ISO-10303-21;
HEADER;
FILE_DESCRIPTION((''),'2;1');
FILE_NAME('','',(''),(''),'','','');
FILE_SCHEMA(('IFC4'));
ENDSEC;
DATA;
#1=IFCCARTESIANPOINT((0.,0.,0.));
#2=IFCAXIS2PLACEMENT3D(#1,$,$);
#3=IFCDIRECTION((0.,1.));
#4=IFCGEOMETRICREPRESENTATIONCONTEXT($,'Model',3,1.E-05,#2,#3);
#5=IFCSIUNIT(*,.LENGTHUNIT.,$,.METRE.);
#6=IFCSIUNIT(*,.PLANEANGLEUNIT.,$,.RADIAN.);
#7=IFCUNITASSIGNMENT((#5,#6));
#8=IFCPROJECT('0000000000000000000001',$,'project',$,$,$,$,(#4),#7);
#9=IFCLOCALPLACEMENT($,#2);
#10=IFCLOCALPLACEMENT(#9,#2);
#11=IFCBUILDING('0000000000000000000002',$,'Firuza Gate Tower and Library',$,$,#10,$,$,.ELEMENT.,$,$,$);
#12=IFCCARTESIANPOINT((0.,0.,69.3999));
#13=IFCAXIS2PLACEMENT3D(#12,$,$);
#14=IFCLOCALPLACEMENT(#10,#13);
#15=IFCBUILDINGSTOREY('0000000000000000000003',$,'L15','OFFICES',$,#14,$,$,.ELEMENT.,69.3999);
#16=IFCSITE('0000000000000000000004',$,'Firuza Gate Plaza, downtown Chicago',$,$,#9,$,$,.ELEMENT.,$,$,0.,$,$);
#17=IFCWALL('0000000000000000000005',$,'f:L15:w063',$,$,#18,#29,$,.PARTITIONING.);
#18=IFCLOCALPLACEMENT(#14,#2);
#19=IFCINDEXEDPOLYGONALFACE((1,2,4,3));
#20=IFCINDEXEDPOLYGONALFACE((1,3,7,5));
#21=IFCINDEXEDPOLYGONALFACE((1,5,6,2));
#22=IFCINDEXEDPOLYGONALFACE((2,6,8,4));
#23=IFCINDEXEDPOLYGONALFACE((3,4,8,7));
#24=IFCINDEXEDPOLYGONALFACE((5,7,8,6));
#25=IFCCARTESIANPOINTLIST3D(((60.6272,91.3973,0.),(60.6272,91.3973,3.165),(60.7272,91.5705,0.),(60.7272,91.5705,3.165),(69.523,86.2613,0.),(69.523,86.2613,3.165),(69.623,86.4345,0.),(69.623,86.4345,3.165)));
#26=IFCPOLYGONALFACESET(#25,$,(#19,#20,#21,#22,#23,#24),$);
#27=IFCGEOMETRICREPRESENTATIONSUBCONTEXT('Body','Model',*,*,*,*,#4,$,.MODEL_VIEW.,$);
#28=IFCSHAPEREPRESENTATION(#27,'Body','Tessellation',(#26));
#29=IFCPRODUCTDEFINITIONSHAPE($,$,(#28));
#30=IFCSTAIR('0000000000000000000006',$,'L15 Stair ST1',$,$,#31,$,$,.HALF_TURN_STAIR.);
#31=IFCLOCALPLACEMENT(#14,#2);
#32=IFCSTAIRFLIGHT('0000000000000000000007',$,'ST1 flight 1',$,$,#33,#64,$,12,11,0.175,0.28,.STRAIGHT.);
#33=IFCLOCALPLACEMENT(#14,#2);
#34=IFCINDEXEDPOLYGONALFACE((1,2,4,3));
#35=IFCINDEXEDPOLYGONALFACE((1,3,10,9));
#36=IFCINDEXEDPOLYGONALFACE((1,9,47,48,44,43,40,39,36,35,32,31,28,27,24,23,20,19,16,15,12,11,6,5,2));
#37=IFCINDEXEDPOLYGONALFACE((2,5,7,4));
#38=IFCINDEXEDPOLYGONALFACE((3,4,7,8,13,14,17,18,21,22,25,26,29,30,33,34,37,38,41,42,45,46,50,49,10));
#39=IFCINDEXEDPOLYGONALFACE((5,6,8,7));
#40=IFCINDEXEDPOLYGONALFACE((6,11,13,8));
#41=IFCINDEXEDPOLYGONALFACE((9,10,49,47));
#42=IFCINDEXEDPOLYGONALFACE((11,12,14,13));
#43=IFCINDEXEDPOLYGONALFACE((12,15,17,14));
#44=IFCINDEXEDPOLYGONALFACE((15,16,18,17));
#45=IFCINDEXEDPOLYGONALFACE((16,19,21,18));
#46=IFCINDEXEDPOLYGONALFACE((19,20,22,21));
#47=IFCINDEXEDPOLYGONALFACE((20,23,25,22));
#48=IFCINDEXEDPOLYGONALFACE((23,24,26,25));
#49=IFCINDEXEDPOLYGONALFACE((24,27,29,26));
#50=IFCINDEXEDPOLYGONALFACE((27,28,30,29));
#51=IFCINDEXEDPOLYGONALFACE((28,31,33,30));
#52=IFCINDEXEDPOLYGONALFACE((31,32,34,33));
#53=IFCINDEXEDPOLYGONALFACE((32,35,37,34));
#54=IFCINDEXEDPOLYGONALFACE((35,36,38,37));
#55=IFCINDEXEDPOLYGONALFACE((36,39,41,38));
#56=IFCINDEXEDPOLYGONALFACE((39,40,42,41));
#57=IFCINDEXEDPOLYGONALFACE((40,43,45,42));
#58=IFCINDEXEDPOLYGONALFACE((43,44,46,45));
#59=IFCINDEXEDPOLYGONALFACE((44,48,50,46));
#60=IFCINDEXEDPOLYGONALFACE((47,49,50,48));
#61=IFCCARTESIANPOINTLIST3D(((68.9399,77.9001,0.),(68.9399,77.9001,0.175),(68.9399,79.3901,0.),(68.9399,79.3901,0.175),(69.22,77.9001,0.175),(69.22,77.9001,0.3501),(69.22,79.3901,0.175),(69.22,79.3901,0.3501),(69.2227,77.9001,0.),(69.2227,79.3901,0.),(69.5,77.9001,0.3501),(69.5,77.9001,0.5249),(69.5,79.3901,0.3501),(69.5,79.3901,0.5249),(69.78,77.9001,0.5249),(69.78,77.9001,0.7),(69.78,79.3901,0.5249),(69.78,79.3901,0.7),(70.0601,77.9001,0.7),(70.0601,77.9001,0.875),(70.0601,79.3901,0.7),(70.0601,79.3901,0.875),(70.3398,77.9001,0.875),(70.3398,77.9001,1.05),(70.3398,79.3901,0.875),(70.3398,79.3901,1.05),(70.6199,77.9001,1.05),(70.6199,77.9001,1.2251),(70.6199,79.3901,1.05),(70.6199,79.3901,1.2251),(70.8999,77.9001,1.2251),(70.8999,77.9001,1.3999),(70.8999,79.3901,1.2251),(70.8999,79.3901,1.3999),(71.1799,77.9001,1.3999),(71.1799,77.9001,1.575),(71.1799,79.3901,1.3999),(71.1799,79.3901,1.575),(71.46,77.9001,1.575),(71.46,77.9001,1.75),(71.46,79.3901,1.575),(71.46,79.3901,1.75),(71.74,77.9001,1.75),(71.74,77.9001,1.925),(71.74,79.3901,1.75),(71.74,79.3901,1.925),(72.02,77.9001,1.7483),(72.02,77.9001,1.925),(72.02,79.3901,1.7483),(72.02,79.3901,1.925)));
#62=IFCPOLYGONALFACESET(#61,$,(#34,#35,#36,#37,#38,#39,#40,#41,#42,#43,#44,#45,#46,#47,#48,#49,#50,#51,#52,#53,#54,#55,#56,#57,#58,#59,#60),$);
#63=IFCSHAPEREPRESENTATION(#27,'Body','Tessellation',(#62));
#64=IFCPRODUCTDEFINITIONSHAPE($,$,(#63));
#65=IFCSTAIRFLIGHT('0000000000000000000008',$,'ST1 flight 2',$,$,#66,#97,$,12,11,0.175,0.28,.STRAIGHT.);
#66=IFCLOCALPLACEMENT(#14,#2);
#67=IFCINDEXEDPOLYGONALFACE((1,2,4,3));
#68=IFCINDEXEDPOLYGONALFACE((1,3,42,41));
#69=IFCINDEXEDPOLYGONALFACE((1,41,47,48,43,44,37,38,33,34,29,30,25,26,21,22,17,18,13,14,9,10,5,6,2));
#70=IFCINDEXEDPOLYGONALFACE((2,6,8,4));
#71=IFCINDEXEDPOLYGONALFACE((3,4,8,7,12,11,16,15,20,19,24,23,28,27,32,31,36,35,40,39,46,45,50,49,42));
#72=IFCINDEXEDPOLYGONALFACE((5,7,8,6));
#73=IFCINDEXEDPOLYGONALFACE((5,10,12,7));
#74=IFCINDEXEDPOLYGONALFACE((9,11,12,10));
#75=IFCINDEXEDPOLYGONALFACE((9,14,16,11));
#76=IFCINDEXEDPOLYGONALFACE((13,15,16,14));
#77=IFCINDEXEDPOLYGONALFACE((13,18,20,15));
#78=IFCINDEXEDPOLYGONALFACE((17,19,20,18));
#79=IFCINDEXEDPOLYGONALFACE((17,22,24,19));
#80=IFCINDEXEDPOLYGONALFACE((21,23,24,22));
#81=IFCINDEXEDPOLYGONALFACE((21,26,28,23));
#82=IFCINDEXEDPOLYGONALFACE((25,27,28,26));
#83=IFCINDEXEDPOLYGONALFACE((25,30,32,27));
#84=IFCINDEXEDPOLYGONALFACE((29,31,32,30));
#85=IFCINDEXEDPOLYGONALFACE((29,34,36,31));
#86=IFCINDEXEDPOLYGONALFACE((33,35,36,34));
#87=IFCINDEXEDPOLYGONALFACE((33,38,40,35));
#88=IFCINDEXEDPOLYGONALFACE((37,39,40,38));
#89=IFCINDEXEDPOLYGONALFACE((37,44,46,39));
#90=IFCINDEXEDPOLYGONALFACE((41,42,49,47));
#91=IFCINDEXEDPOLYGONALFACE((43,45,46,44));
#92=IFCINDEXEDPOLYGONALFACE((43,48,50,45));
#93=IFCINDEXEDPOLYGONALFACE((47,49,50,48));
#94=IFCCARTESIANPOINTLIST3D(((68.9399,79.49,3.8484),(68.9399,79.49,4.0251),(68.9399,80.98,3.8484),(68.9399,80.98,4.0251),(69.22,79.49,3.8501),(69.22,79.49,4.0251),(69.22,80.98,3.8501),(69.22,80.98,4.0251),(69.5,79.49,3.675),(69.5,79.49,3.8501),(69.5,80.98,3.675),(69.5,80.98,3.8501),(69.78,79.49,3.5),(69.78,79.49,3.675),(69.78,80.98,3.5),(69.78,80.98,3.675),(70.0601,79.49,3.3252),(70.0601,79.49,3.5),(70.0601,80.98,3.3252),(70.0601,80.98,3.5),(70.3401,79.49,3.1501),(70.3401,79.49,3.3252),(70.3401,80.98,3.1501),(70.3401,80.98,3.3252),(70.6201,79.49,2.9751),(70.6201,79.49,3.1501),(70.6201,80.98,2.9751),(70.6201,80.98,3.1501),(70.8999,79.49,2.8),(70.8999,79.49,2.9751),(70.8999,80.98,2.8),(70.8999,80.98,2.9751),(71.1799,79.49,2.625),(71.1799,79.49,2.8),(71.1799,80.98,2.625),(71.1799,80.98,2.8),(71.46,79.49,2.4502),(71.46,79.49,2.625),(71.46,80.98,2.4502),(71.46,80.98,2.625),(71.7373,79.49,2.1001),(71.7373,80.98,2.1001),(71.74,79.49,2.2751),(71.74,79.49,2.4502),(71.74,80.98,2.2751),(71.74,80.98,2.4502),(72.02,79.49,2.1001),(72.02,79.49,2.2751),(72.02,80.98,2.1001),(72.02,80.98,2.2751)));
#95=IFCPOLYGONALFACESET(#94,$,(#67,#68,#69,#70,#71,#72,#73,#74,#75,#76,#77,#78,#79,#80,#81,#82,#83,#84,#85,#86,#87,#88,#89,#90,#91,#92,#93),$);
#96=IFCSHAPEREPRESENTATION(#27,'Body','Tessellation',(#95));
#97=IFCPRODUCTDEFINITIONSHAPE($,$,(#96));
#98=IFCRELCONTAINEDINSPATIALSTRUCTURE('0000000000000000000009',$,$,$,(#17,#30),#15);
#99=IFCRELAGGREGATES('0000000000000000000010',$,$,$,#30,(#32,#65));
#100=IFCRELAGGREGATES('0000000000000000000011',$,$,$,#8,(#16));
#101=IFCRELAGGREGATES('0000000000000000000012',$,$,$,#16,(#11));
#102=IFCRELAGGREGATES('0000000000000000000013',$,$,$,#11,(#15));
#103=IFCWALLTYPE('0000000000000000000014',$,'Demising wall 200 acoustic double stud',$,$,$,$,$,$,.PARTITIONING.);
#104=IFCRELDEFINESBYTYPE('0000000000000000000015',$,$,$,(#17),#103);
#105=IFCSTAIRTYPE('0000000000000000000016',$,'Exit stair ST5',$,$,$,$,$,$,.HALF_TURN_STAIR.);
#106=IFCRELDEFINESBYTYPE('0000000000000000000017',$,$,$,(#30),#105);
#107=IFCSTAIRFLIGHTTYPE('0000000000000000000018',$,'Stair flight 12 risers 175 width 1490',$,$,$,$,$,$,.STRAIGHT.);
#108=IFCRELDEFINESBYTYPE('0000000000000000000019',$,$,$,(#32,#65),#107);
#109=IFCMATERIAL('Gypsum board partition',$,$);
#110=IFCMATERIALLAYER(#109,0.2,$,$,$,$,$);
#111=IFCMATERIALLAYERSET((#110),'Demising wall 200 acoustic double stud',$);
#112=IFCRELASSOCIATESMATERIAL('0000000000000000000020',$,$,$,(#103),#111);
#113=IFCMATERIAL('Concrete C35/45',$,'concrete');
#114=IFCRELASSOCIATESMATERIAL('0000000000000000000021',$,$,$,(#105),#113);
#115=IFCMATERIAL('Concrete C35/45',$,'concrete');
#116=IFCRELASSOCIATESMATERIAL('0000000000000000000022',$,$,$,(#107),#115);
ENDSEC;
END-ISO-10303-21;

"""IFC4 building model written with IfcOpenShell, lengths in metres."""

from ifc_helpers import new_model, si_unit, direction, frame, frame_2d, origin, place, context, subcontext, project, spatial, polyline, rectangle, outline, extrude, material, layer, layer_set, type_object, element, aggregate, save


model = new_model("IFC4")

# Units and contexts
model_context = context("Model", 3, precision=1e-05, world=origin(), true_north=direction((0.0, 1.0)))
body_context = subcontext(model_context, "Body", "Model", "MODEL_VIEW")
ifc_project = project(units=[si_unit("LENGTHUNIT", "METRE"), si_unit("PLANEANGLEUNIT", "RADIAN")], contexts=[model_context])

# Site, building, storey
site_placement = place(None, origin())
site = spatial("IfcSite", under=ifc_project, at=site_placement, Name="Firuza Gate Plaza, downtown Chicago", CompositionType="ELEMENT", RefElevation=0.0)
building_placement = place(site_placement, origin())
building = spatial("IfcBuilding", under=site, at=building_placement, Name="Firuza Gate Tower and Library", CompositionType="ELEMENT")
storey_placement = place(building_placement, frame((0.0, 0.0, 69.3999)))
storey = spatial("IfcBuildingStorey", under=building, at=storey_placement, Name="L15", Description="OFFICES", CompositionType="ELEMENT", Elevation=69.3999)

# Wall
ifc_material_1 = material(Name="Gypsum board partition")
ifc_layer_1 = layer(ifc_material_1, 0.2)
ifc_layer_set_1 = layer_set([ifc_layer_1], Name="Demising wall 200 acoustic double stud")
wall_type_1 = type_object("IfcWallType", Name="Demising wall 200 acoustic double stud", PredefinedType="PARTITIONING", material=ifc_layer_set_1)
wall_1_placement = place(storey_placement, frame((69.573, 86.3479, 0.0), z_axis=(0.0, 0.0, 1.0), x_axis=(-0.866024, 0.500002, 0.0)))
element("IfcWall", 1, at=wall_1_placement, inside=storey, type_object=wall_type_1, Name="f:L15:w063", PredefinedType="PARTITIONING", context=body_context, shape_type="SweptSolid", body=[
    extrude(rectangle(XDim=10.272, YDim=0.2, at=frame_2d((5.136, 0.0))), origin(), (0.0, 0.0, 1.0), 3.165),
])

# Stair, stair flights
ifc_material_2 = material(Name="Concrete C35/45", Category="concrete")
stair_type = type_object("IfcStairType", Name="Exit stair ST5", PredefinedType="HALF_TURN_STAIR", material=ifc_material_2)
stair_placement = place(storey_placement, origin())
stair = element("IfcStair", 2, at=stair_placement, inside=storey, type_object=stair_type, Name="L15 Stair ST1", PredefinedType="HALF_TURN_STAIR")
ifc_material_3 = material(Name="Concrete C35/45", Category="concrete")
stair_flight_type = type_object("IfcStairFlightType", Name="Stair flight 12 risers 175 width 1490", PredefinedType="STRAIGHT", material=ifc_material_3)
stair_flight_1_placement = place(storey_placement, frame((68.9399, 78.645, 0.0), z_axis=(0.0, 0.0, 1.0), x_axis=(1.0, 0.0, 0.0)))
stair_flight_1 = element("IfcStairFlight", 3, at=stair_flight_1_placement, type_object=stair_flight_type, Name="ST1 flight 1", NumberOfRisers=12, NumberOfTreads=11, PredefinedType="STRAIGHT", RiserHeight=0.175, TreadLength=0.28, context=body_context, shape_type="SweptSolid", body=[
    extrude(outline(polyline([(0.0, 0.0), (0.0, 0.175), (0.28, 0.175), (0.28, 0.3501), (0.5601, 0.3501), (0.5601, 0.5249), (0.8401, 0.5249), (0.8401, 0.7), (1.1201, 0.7), (1.1201, 0.875), (1.3999, 0.875), (1.3999, 1.05), (1.6799, 1.05), (1.6799, 1.2251), (1.96, 1.2251), (1.96, 1.3999), (2.24, 1.3999), (2.24, 1.575), (2.52, 1.575), (2.52, 1.75), (2.8, 1.75), (2.8, 1.925), (3.0801, 1.925), (3.0801, 2.1001), (3.0801, 1.7483), (0.2827, 0.0), (0.0, 0.0)])), frame((0.0, 0.7451, 0.0), z_axis=(0.0, -1.0, 0.0), x_axis=(1.0, 0.0, 0.0)), (0.0, 0.0, 1.0), 1.49),
])
stair_flight_2_placement = place(storey_placement, frame((72.02, 80.2351, 2.1001), z_axis=(0.0, 0.0, 1.0), x_axis=(-1.0, 0.0, 0.0)))
stair_flight_2 = element("IfcStairFlight", 4, at=stair_flight_2_placement, type_object=stair_flight_type, Name="ST1 flight 2", NumberOfRisers=12, NumberOfTreads=11, PredefinedType="STRAIGHT", RiserHeight=0.175, TreadLength=0.28, context=body_context, shape_type="SweptSolid", body=[
    extrude(outline(polyline([(0.0, 0.0), (0.0, 0.175), (0.28, 0.175), (0.28, 0.3501), (0.5601, 0.3501), (0.5601, 0.5249), (0.8401, 0.5249), (0.8401, 0.7), (1.1201, 0.7), (1.1201, 0.875), (1.3999, 0.875), (1.3999, 1.05), (1.6799, 1.05), (1.6799, 1.2251), (1.96, 1.2251), (1.96, 1.3999), (2.24, 1.3999), (2.24, 1.575), (2.52, 1.575), (2.52, 1.75), (2.8, 1.75), (2.8, 1.925), (3.0801, 1.925), (3.0801, 2.1001), (3.0801, 1.7483), (0.2827, 0.0), (0.0, 0.0)])), frame((0.0, 0.7451, 0.0), z_axis=(0.0, -1.0, 0.0), x_axis=(1.0, 0.0, 0.0)), (0.0, 0.0, 1.0), 1.49),
])
aggregate(stair, [stair_flight_1, stair_flight_2])

save(model, "model.ifc")
